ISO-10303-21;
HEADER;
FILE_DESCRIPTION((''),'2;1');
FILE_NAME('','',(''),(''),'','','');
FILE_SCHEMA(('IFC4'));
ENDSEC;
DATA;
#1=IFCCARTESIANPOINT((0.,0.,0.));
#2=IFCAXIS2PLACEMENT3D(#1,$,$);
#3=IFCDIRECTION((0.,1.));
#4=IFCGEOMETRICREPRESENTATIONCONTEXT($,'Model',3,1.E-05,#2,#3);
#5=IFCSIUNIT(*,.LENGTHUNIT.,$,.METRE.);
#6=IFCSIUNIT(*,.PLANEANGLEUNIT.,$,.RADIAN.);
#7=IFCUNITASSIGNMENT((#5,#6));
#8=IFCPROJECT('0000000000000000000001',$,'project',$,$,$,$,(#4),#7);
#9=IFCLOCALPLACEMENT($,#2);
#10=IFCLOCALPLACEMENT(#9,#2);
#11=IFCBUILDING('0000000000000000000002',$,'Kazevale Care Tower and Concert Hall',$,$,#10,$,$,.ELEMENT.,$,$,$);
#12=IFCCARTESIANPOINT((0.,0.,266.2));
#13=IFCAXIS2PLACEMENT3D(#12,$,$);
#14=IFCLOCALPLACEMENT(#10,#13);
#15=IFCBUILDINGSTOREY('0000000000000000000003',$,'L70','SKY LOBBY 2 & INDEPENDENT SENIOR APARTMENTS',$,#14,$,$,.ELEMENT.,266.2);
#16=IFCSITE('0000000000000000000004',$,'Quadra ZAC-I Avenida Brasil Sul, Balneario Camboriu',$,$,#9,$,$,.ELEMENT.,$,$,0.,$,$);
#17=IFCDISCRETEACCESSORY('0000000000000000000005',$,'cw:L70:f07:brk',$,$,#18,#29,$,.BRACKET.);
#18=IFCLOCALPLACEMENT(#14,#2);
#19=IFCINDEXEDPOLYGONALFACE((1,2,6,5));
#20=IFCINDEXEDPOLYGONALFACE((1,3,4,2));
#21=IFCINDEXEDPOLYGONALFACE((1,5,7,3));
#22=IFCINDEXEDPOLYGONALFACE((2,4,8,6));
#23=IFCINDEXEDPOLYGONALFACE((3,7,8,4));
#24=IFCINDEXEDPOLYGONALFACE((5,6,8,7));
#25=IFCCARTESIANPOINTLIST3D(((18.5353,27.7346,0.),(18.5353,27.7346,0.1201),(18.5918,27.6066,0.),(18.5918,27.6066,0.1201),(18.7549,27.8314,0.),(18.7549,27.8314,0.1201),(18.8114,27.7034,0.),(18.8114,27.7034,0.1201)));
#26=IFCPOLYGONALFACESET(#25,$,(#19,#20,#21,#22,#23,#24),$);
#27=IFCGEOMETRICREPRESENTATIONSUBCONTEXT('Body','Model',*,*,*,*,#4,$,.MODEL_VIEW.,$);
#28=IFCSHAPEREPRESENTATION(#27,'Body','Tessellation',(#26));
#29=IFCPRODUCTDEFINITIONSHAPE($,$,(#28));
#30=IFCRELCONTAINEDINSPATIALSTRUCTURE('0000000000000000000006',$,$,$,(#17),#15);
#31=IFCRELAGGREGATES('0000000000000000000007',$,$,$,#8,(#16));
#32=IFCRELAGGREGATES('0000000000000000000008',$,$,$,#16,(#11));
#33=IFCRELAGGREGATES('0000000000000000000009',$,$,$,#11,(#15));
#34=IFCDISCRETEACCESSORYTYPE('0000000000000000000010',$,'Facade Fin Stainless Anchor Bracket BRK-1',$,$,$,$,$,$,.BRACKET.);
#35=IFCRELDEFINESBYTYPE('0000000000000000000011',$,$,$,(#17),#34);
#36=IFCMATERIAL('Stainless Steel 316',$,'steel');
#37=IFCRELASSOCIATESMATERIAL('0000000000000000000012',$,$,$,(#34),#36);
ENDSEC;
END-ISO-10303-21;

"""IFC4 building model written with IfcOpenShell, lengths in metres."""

from ifc_helpers import new_model, si_unit, direction, frame, origin, origin_2d, place, context, subcontext, project, spatial, rectangle, extrude, material, type_object, element, save


model = new_model("IFC4")

# Units and contexts
model_context = context("Model", 3, precision=1e-05, world=origin(), true_north=direction((0.0, 1.0)))
body_context = subcontext(model_context, "Body", "Model", "MODEL_VIEW")
ifc_project = project(units=[si_unit("LENGTHUNIT", "METRE"), si_unit("PLANEANGLEUNIT", "RADIAN")], contexts=[model_context])

# Site, building, storey
site_placement = place(None, origin())
site = spatial("IfcSite", under=ifc_project, at=site_placement, Name="Quadra ZAC-I Avenida Brasil Sul, Balneario Camboriu", CompositionType="ELEMENT", RefElevation=0.0)
building_placement = place(site_placement, origin())
building = spatial("IfcBuilding", under=site, at=building_placement, Name="Kazevale Care Tower and Concert Hall", CompositionType="ELEMENT")
storey_placement = place(building_placement, frame((0.0, 0.0, 266.2)))
storey = spatial("IfcBuildingStorey", under=building, at=storey_placement, Name="L70", Description="SKY LOBBY 2 & INDEPENDENT SENIOR APARTMENTS", CompositionType="ELEMENT", Elevation=266.2)

# Shared definitions
ifc_material_1 = material(Name="Stainless Steel 316", Category="steel")

# Discrete accessory
discrete_accessory_type = type_object("IfcDiscreteAccessoryType", Name="Facade Fin Stainless Anchor Bracket BRK-1", PredefinedType="BRACKET", material=ifc_material_1)
discrete_accessory_placement = place(storey_placement, frame((18.6733, 27.719, 0.0), z_axis=(0.0, 0.0, 1.0), x_axis=(-0.91496, -0.403545, 0.0)))
element("IfcDiscreteAccessory", 1, at=discrete_accessory_placement, inside=storey, type_object=discrete_accessory_type, Name="cw:L70:f07:brk", PredefinedType="BRACKET", context=body_context, shape_type="SweptSolid", body=[
    extrude(rectangle(XDim=0.24, YDim=0.1399, at=origin_2d()), origin(), (0.0, 0.0, 1.0), 0.1201),
])

save(model, "model.ifc")
